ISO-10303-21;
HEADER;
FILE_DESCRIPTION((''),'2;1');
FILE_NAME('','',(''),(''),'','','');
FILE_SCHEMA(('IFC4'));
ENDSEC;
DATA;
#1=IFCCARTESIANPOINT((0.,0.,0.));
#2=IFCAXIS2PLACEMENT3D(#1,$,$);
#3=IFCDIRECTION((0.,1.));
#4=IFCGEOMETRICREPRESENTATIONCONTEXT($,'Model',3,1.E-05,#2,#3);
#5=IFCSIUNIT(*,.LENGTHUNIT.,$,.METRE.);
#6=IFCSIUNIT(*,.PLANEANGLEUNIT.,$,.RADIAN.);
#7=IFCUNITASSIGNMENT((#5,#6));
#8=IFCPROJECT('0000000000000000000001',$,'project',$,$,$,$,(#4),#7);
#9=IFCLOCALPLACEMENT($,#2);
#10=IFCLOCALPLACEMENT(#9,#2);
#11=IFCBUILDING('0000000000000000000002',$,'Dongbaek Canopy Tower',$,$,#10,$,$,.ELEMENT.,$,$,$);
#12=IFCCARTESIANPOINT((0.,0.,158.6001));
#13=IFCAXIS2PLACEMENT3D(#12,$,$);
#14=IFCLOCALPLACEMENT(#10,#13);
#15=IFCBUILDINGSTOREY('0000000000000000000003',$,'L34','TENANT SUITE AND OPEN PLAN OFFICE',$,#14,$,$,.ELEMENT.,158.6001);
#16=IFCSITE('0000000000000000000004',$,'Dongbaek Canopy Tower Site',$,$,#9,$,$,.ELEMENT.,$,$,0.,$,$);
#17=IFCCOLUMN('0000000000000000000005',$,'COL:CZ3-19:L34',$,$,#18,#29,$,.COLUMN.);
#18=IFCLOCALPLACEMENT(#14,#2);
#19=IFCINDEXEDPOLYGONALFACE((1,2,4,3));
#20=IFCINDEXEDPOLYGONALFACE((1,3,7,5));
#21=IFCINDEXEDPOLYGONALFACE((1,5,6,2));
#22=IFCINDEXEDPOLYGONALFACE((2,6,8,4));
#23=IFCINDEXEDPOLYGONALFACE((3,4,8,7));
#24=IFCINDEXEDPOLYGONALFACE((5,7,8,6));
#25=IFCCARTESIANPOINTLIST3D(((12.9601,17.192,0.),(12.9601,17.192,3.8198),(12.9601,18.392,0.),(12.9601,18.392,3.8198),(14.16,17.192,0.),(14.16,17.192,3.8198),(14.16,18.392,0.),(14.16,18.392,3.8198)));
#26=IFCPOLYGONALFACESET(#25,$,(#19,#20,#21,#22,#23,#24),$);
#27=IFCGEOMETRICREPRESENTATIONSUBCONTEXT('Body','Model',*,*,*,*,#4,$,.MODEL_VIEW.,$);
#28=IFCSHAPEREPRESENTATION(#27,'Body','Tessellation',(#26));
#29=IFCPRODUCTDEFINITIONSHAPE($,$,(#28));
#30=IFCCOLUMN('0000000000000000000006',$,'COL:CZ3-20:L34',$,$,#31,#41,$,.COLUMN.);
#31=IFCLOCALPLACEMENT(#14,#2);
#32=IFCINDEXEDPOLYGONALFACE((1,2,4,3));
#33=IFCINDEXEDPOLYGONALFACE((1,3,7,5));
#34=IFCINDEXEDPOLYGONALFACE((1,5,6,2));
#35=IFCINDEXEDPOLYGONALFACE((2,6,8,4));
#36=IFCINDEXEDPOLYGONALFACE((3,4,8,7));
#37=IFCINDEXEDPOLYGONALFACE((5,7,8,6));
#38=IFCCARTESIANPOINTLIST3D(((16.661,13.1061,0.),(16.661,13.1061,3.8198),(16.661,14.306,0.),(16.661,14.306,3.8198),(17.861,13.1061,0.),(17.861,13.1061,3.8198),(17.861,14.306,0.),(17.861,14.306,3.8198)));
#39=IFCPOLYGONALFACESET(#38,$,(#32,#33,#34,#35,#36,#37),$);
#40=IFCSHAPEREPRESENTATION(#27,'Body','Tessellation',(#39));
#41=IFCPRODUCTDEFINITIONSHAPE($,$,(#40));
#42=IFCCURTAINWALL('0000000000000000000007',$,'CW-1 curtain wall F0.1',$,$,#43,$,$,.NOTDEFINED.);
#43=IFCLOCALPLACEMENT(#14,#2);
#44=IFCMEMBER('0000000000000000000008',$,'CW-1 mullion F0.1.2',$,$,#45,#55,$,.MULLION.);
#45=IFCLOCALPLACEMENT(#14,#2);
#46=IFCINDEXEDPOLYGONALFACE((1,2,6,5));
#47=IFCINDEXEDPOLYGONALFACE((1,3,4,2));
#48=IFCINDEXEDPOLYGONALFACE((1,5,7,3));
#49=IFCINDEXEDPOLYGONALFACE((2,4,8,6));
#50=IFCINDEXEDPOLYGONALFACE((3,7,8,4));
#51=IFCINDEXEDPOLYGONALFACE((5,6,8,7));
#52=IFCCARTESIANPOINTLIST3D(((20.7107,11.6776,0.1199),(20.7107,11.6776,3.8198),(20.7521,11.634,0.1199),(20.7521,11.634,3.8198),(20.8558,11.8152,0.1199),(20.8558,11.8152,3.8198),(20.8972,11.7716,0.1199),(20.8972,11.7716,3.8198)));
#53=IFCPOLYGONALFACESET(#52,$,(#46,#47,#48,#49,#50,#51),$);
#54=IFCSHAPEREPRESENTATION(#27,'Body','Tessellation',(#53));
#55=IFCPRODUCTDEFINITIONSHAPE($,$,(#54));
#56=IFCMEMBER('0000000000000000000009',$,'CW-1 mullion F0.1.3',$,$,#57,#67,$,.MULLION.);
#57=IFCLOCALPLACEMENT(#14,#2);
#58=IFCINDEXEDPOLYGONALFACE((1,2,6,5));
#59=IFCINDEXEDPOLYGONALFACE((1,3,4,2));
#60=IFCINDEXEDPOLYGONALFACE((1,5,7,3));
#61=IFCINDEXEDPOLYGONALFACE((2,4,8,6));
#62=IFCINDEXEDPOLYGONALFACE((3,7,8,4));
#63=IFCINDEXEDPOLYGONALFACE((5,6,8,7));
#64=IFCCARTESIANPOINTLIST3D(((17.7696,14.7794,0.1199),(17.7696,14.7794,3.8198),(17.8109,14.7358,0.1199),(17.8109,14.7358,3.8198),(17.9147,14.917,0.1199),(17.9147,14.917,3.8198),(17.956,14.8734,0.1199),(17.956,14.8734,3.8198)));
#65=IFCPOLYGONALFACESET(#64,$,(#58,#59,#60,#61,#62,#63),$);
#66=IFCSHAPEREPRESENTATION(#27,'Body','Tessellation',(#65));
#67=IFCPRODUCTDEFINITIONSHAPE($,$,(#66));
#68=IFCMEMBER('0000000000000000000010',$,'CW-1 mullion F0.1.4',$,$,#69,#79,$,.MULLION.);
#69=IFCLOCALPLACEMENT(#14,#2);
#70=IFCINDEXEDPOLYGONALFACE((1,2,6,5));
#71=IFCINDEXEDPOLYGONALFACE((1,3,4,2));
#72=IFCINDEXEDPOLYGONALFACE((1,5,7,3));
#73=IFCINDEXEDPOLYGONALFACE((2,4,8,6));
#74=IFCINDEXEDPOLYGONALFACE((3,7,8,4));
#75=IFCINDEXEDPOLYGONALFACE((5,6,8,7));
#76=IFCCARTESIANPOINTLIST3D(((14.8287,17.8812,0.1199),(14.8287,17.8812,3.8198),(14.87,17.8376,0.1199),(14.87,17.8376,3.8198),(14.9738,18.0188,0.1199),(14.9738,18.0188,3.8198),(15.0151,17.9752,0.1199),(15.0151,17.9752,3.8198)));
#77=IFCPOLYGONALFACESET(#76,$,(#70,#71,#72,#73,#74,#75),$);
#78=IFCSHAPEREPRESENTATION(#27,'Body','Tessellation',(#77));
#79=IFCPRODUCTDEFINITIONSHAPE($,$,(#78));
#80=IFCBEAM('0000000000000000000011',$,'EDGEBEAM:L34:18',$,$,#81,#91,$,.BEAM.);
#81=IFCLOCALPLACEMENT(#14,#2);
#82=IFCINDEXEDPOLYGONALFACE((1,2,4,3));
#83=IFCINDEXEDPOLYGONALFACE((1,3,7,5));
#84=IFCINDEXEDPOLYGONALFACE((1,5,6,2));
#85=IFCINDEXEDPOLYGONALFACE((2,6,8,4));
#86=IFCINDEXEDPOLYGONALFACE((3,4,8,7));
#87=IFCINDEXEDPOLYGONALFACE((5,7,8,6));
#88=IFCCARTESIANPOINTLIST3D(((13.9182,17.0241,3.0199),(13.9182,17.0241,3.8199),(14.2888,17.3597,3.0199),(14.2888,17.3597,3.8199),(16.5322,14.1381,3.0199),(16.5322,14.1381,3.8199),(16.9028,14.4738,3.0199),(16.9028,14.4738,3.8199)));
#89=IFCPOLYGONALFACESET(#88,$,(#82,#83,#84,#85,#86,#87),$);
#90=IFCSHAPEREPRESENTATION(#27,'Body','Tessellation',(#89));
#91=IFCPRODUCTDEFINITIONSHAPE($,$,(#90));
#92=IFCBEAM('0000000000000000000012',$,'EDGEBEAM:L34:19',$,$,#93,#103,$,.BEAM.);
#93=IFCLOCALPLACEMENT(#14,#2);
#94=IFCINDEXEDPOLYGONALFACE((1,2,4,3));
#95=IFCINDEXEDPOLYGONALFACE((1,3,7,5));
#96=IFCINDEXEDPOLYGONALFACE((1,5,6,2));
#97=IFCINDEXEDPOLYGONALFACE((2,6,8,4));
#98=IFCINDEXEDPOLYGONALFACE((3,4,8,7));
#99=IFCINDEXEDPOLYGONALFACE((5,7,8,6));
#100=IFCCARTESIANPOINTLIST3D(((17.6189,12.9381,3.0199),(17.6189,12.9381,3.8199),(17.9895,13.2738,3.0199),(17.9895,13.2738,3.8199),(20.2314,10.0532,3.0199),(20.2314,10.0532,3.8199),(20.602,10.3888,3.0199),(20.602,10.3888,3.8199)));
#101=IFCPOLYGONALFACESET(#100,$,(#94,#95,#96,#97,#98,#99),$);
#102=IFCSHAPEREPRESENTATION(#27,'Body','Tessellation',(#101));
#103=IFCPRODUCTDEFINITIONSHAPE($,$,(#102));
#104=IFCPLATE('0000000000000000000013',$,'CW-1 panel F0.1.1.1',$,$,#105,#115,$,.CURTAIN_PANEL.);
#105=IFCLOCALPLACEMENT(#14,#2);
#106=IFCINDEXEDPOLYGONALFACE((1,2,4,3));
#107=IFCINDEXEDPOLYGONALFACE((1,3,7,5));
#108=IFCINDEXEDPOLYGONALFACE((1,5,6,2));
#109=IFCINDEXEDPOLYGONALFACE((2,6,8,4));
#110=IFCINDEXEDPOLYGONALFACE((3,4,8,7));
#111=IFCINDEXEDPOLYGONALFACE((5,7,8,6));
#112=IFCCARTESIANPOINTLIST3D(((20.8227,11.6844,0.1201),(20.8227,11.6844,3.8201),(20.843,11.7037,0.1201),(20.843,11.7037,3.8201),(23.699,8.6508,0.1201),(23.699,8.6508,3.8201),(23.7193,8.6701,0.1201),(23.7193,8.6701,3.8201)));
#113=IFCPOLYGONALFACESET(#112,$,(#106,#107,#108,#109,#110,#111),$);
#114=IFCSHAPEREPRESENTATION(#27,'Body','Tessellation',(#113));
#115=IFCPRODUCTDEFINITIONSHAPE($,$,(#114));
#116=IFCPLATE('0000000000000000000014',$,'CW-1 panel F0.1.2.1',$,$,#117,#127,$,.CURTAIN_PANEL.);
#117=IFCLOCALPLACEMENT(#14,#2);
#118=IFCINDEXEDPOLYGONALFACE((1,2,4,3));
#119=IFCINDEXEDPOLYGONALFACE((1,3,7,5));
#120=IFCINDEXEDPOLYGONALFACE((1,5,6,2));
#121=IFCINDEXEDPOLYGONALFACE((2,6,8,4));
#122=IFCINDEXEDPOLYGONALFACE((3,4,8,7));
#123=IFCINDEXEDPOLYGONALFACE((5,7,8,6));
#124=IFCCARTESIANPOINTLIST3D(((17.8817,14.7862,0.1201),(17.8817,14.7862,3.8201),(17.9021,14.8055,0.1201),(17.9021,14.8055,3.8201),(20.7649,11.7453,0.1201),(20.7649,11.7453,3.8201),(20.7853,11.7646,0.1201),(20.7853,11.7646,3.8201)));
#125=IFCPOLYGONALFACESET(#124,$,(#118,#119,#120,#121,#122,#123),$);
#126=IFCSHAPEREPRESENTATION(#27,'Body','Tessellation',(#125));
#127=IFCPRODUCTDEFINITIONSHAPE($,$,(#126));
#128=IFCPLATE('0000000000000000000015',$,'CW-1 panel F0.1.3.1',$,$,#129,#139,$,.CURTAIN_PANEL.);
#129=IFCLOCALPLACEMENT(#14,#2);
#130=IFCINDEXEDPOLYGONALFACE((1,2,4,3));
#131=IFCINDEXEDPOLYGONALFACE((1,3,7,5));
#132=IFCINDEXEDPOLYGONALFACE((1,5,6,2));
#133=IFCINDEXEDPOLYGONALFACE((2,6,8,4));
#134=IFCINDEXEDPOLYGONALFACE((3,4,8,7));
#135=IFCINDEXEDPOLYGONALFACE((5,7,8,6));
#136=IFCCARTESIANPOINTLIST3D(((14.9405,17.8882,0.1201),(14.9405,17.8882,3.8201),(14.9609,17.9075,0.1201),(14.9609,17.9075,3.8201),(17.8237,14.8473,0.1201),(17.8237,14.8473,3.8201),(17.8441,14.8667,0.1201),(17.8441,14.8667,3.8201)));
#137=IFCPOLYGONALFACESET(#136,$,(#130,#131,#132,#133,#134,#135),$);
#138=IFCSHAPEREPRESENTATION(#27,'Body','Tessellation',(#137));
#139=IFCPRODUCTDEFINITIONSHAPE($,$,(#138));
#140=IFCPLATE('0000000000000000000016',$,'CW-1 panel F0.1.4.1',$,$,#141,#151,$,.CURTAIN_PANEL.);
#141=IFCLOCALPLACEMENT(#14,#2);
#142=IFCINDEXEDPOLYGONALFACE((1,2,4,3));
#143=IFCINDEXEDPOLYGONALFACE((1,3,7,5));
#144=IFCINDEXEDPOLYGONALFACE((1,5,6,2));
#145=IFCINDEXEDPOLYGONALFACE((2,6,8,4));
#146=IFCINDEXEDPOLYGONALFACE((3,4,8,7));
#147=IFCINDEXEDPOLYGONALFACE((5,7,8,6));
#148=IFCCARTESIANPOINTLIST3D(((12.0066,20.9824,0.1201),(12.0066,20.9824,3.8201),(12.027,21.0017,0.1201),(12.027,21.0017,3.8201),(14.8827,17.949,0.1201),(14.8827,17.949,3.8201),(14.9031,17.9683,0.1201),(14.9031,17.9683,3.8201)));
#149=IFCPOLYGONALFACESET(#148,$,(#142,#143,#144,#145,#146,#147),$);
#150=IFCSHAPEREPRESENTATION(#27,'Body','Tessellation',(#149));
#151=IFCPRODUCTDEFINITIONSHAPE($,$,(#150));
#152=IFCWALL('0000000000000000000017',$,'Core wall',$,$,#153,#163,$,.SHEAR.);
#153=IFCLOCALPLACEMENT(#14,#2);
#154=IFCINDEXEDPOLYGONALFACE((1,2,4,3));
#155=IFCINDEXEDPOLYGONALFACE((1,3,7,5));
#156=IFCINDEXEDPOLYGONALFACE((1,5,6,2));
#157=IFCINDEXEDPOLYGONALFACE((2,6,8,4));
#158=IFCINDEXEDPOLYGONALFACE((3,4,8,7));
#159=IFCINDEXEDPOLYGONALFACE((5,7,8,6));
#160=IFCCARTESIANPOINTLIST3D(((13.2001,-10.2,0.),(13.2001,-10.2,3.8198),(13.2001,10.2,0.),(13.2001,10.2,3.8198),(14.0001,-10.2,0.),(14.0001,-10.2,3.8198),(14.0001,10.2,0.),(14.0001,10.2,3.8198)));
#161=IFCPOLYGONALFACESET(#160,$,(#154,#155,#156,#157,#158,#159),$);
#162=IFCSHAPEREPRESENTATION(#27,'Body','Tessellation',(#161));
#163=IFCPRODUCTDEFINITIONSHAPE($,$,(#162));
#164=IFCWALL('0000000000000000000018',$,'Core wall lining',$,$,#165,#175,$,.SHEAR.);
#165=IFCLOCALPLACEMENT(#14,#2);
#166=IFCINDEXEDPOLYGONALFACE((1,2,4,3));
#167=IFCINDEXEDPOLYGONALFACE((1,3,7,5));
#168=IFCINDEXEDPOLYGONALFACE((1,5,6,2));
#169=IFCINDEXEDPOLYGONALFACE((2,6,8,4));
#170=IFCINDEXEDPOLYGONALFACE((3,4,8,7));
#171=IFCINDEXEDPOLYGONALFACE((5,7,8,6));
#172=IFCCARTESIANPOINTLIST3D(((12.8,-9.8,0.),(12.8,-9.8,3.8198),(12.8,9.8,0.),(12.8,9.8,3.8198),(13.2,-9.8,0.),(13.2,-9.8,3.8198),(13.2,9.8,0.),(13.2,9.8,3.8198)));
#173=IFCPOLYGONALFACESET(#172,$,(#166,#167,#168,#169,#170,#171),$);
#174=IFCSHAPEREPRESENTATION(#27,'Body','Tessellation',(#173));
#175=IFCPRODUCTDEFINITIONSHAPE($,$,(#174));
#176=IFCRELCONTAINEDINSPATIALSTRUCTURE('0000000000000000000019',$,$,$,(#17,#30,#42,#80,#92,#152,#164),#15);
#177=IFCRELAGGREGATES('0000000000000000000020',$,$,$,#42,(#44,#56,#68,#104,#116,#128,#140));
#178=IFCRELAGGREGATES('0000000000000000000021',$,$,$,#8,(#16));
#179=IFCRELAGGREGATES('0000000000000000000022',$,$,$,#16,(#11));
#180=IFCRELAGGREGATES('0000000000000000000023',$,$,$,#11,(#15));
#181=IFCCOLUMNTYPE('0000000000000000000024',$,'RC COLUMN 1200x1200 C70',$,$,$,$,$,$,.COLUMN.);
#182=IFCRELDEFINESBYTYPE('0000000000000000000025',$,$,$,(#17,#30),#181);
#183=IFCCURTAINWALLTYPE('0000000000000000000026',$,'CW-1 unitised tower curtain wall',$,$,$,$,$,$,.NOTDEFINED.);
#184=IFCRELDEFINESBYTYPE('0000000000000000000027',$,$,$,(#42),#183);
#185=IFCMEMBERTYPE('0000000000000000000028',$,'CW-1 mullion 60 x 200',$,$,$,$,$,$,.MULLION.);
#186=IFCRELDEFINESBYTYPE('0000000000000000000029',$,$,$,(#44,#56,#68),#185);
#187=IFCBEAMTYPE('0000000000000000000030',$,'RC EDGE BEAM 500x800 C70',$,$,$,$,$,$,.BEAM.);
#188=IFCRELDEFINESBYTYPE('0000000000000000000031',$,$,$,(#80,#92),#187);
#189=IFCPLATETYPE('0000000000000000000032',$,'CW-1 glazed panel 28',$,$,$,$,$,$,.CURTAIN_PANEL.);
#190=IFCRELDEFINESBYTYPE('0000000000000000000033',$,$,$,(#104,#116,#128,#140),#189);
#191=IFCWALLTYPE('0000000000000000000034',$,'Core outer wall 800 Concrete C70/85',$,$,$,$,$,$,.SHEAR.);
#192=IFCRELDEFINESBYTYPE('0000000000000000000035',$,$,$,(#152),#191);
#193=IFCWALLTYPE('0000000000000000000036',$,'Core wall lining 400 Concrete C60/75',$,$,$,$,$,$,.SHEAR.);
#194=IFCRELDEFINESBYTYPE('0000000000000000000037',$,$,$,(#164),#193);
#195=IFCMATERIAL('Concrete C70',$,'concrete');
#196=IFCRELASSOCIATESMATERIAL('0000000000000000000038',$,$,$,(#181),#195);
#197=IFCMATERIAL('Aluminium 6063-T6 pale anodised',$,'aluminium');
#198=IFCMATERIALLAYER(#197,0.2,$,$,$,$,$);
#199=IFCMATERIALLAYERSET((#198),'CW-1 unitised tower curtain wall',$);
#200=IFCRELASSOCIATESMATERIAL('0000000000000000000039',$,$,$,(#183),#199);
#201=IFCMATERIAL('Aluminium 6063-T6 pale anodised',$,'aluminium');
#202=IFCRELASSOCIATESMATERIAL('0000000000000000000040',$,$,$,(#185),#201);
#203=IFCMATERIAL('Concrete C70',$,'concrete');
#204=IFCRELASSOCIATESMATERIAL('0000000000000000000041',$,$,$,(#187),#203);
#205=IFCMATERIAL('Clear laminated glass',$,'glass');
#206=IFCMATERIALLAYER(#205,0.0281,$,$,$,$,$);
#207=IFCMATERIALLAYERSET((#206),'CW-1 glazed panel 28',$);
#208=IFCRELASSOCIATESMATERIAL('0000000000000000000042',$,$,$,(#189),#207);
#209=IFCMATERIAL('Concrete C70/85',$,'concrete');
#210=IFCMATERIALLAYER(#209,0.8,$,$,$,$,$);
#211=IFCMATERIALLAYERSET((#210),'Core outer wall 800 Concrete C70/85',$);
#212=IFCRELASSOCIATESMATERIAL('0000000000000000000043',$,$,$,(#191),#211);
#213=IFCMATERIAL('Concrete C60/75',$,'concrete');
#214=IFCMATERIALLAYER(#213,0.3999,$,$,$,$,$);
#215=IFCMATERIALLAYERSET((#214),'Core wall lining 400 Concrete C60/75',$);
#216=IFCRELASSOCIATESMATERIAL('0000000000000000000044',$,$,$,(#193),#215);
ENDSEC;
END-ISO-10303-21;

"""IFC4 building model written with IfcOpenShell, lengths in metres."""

from ifc_helpers import new_model, si_unit, direction, frame, frame_2d, origin, origin_2d, place, context, subcontext, project, spatial, rectangle, extrude, material, layer, layer_set, material_profile, profile_set, type_object, element, aggregate, save


model = new_model("IFC4")

# Units and contexts
model_context = context("Model", 3, precision=1e-05, world=origin(), true_north=direction((0.0, 1.0)))
body_context = subcontext(model_context, "Body", "Model", "MODEL_VIEW")
ifc_project = project(units=[si_unit("LENGTHUNIT", "METRE"), si_unit("PLANEANGLEUNIT", "RADIAN")], contexts=[model_context])

# Site, building, storey
site_placement = place(None, origin())
site = spatial("IfcSite", under=ifc_project, at=site_placement, Name="Dongbaek Canopy Tower Site", CompositionType="ELEMENT", RefElevation=0.0)
building_placement = place(site_placement, origin())
building = spatial("IfcBuilding", under=site, at=building_placement, Name="Dongbaek Canopy Tower", CompositionType="ELEMENT")
storey_placement = place(building_placement, frame((0.0, 0.0, 158.6001)))
storey = spatial("IfcBuildingStorey", under=building, at=storey_placement, Name="L34", Description="TENANT SUITE AND OPEN PLAN OFFICE", CompositionType="ELEMENT", Elevation=158.6001)

# Columns
ifc_material_1 = material(Name="Concrete C70", Category="concrete")
ifc_material_profile_1 = material_profile(ifc_material_1, rectangle(XDim=1.2, YDim=1.2, at=origin_2d()), Name="RC COLUMN 1200x1200 C70")
ifc_profile_set_1 = profile_set([ifc_material_profile_1], Name="Concrete C70")
column_type = type_object("IfcColumnType", Name="RC COLUMN 1200x1200 C70", PredefinedType="COLUMN", material=ifc_profile_set_1)
for number, where, z_axis, x_axis, name in (
    (1, (13.5601, 17.792, 0.0), (0.0, 0.0, 1.0), (1.0, 0.0, 0.0), "COL:CZ3-19:L34"),
    (2, (17.261, 13.7061, 0.0), (0.0, 0.0, 1.0), (1.0, 0.0, 0.0), "COL:CZ3-20:L34"),
):
    element("IfcColumn", number, at=place(storey_placement, frame(where, z_axis=z_axis, x_axis=x_axis)), inside=storey, type_object=column_type, Name=name, PredefinedType="COLUMN", context=body_context, shape_type="SweptSolid", body=[
        extrude(rectangle(XDim=1.2, YDim=1.2, at=origin_2d()), origin(), (0.0, 0.0, 1.0), 3.8198),
    ])

# Curtain wall, members
ifc_material_2 = material(Name="Aluminium 6063-T6 pale anodised", Category="aluminium")
ifc_layer_1 = layer(ifc_material_2, 0.2)
ifc_layer_set_1 = layer_set([ifc_layer_1], Name="CW-1 unitised tower curtain wall")
curtain_wall_type = type_object("IfcCurtainWallType", Name="CW-1 unitised tower curtain wall", PredefinedType="NOTDEFINED", material=ifc_layer_set_1)
curtain_wall_placement = place(storey_placement, origin())
curtain_wall = element("IfcCurtainWall", 3, at=curtain_wall_placement, inside=storey, type_object=curtain_wall_type, Name="CW-1 curtain wall F0.1", PredefinedType="NOTDEFINED")
ifc_material_3 = material(Name="Aluminium 6063-T6 pale anodised", Category="aluminium")
ifc_material_profile_2 = material_profile(ifc_material_3, rectangle(XDim=0.2, YDim=0.0601, at=origin_2d()), Name="CW-1 mullion 60 x 200")
ifc_profile_set_2 = profile_set([ifc_material_profile_2], Name="Aluminium 6063-T6 pale anodised")
member_type = type_object("IfcMemberType", Name="CW-1 mullion 60 x 200", PredefinedType="MULLION", material=ifc_profile_set_2)
member_1_placement = place(storey_placement, frame((20.804, 11.7246, 0.1199), z_axis=(0.0, 0.0, 1.0), x_axis=(0.72567, 0.688043, 0.0)))
member_1 = element("IfcMember", 4, at=member_1_placement, type_object=member_type, Name="CW-1 mullion F0.1.2", PredefinedType="MULLION", context=body_context, shape_type="SweptSolid", body=[
    extrude(rectangle(XDim=0.2, YDim=0.0601, at=origin_2d()), origin(), (0.0, 0.0, 1.0), 3.7),
])
member_2_placement = place(storey_placement, frame((17.8628, 14.8264, 0.1199), z_axis=(0.0, 0.0, 1.0), x_axis=(0.72567, 0.688043, 0.0)))
member_2 = element("IfcMember", 5, at=member_2_placement, type_object=member_type, Name="CW-1 mullion F0.1.3", PredefinedType="MULLION", context=body_context, shape_type="SweptSolid", body=[
    extrude(rectangle(XDim=0.2, YDim=0.0601, at=origin_2d()), origin(), (0.0, 0.0, 1.0), 3.7),
])
member_3_placement = place(storey_placement, frame((14.9219, 17.9282, 0.1199), z_axis=(0.0, 0.0, 1.0), x_axis=(0.72567, 0.688043, 0.0)))
member_3 = element("IfcMember", 6, at=member_3_placement, type_object=member_type, Name="CW-1 mullion F0.1.4", PredefinedType="MULLION", context=body_context, shape_type="SweptSolid", body=[
    extrude(rectangle(XDim=0.2, YDim=0.0601, at=origin_2d()), origin(), (0.0, 0.0, 1.0), 3.7),
])

# Beams
ifc_material_4 = material(Name="Concrete C70", Category="concrete")
ifc_material_profile_3 = material_profile(ifc_material_4, rectangle(XDim=0.5, YDim=0.8, at=origin_2d()), Name="RC EDGE BEAM 500x800 C70")
ifc_profile_set_3 = profile_set([ifc_material_profile_3], Name="Concrete C70")
beam_type = type_object("IfcBeamType", Name="RC EDGE BEAM 500x800 C70", PredefinedType="BEAM", material=ifc_profile_set_3)
beam_1_placement = place(storey_placement, frame((14.1035, 17.1919, 3.4199), z_axis=(0.67132, -0.741167, 0.0), x_axis=(0.741167, 0.67132, 0.0)))
element("IfcBeam", 7, at=beam_1_placement, inside=storey, type_object=beam_type, Name="EDGEBEAM:L34:18", PredefinedType="BEAM", context=body_context, shape_type="SweptSolid", body=[
    extrude(rectangle(XDim=0.5, YDim=0.8, at=origin_2d()), origin(), (0.0, 0.0, 1.0), 3.8938),
])
beam_2_placement = place(storey_placement, frame((17.8042, 13.106, 3.4199), z_axis=(0.671238, -0.741241, 0.0), x_axis=(0.741241, 0.671238, 0.0)))
element("IfcBeam", 8, at=beam_2_placement, inside=storey, type_object=beam_type, Name="EDGEBEAM:L34:19", PredefinedType="BEAM", context=body_context, shape_type="SweptSolid", body=[
    extrude(rectangle(XDim=0.5, YDim=0.8, at=origin_2d()), origin(), (0.0, 0.0, 1.0), 3.8921),
])

# Plates
ifc_material_5 = material(Name="Clear laminated glass", Category="glass")
ifc_layer_2 = layer(ifc_material_5, 0.0281)
ifc_layer_set_2 = layer_set([ifc_layer_2], Name="CW-1 glazed panel 28")
plate_type = type_object("IfcPlateType", Name="CW-1 glazed panel 28", PredefinedType="CURTAIN_PANEL", material=ifc_layer_set_2)
plate_1_placement = place(storey_placement, frame((22.271, 10.1772, 0.1201), z_axis=(0.0, 0.0, 1.0), x_axis=(-0.688043, 0.72567, 0.0)))
plate_1 = element("IfcPlate", 9, at=plate_1_placement, type_object=plate_type, Name="CW-1 panel F0.1.1.1", PredefinedType="CURTAIN_PANEL", context=body_context, shape_type="SweptSolid", body=[
    extrude(rectangle(XDim=4.1804, YDim=0.0281, at=origin_2d()), origin(), (0.0, 0.0, 1.0), 3.7),
])
plate_2_placement = place(storey_placement, frame((19.3335, 13.2754, 0.1201), z_axis=(0.0, 0.0, 1.0), x_axis=(-0.688043, 0.72567, 0.0)))
plate_2 = element("IfcPlate", 10, at=plate_2_placement, type_object=plate_type, Name="CW-1 panel F0.1.2.1", PredefinedType="CURTAIN_PANEL", context=body_context, shape_type="SweptSolid", body=[
    extrude(rectangle(XDim=4.1904, YDim=0.0281, at=origin_2d()), origin(), (0.0, 0.0, 1.0), 3.7),
])
plate_3_placement = place(storey_placement, frame((16.3923, 16.3774, 0.1201), z_axis=(0.0, 0.0, 1.0), x_axis=(-0.688043, 0.72567, 0.0)))
plate_3 = element("IfcPlate", 11, at=plate_3_placement, type_object=plate_type, Name="CW-1 panel F0.1.3.1", PredefinedType="CURTAIN_PANEL", context=body_context, shape_type="SweptSolid", body=[
    extrude(rectangle(XDim=4.1904, YDim=0.0281, at=origin_2d()), origin(), (0.0, 0.0, 1.0), 3.7),
])
plate_4_placement = place(storey_placement, frame((13.4548, 19.4753, 0.1201), z_axis=(0.0, 0.0, 1.0), x_axis=(-0.688043, 0.72567, 0.0)))
plate_4 = element("IfcPlate", 12, at=plate_4_placement, type_object=plate_type, Name="CW-1 panel F0.1.4.1", PredefinedType="CURTAIN_PANEL", context=body_context, shape_type="SweptSolid", body=[
    extrude(rectangle(XDim=4.1802, YDim=0.0281, at=origin_2d()), origin(), (0.0, 0.0, 1.0), 3.7),
])

# Walls
ifc_material_6 = material(Name="Concrete C70/85", Category="concrete")
ifc_layer_3 = layer(ifc_material_6, 0.8)
ifc_layer_set_3 = layer_set([ifc_layer_3], Name="Core outer wall 800 Concrete C70/85")
wall_type_1 = type_object("IfcWallType", Name="Core outer wall 800 Concrete C70/85", PredefinedType="SHEAR", material=ifc_layer_set_3)
wall_1_placement = place(storey_placement, frame((13.6001, 10.2, 0.0), z_axis=(0.0, 0.0, 1.0), x_axis=(0.0, -1.0, 0.0)))
element("IfcWall", 13, at=wall_1_placement, inside=storey, type_object=wall_type_1, Name="Core wall", PredefinedType="SHEAR", context=body_context, shape_type="SweptSolid", body=[
    extrude(rectangle(XDim=20.3999, YDim=0.8, at=frame_2d((10.2, 0.0))), origin(), (0.0, 0.0, 1.0), 3.8198),
])
ifc_material_7 = material(Name="Concrete C60/75", Category="concrete")
ifc_layer_4 = layer(ifc_material_7, 0.3999)
ifc_layer_set_4 = layer_set([ifc_layer_4], Name="Core wall lining 400 Concrete C60/75")
wall_type_2 = type_object("IfcWallType", Name="Core wall lining 400 Concrete C60/75", PredefinedType="SHEAR", material=ifc_layer_set_4)
wall_2_placement = place(storey_placement, frame((13.0, 9.8, 0.0), z_axis=(0.0, 0.0, 1.0), x_axis=(0.0, -1.0, 0.0)))
element("IfcWall", 14, at=wall_2_placement, inside=storey, type_object=wall_type_2, Name="Core wall lining", PredefinedType="SHEAR", context=body_context, shape_type="SweptSolid", body=[
    extrude(rectangle(XDim=19.6001, YDim=0.3999, at=frame_2d((9.8, 0.0))), origin(), (0.0, 0.0, 1.0), 3.8198),
])

aggregate(curtain_wall, [member_1, member_2, member_3, plate_1, plate_2, plate_3, plate_4])

save(model, "model.ifc")
